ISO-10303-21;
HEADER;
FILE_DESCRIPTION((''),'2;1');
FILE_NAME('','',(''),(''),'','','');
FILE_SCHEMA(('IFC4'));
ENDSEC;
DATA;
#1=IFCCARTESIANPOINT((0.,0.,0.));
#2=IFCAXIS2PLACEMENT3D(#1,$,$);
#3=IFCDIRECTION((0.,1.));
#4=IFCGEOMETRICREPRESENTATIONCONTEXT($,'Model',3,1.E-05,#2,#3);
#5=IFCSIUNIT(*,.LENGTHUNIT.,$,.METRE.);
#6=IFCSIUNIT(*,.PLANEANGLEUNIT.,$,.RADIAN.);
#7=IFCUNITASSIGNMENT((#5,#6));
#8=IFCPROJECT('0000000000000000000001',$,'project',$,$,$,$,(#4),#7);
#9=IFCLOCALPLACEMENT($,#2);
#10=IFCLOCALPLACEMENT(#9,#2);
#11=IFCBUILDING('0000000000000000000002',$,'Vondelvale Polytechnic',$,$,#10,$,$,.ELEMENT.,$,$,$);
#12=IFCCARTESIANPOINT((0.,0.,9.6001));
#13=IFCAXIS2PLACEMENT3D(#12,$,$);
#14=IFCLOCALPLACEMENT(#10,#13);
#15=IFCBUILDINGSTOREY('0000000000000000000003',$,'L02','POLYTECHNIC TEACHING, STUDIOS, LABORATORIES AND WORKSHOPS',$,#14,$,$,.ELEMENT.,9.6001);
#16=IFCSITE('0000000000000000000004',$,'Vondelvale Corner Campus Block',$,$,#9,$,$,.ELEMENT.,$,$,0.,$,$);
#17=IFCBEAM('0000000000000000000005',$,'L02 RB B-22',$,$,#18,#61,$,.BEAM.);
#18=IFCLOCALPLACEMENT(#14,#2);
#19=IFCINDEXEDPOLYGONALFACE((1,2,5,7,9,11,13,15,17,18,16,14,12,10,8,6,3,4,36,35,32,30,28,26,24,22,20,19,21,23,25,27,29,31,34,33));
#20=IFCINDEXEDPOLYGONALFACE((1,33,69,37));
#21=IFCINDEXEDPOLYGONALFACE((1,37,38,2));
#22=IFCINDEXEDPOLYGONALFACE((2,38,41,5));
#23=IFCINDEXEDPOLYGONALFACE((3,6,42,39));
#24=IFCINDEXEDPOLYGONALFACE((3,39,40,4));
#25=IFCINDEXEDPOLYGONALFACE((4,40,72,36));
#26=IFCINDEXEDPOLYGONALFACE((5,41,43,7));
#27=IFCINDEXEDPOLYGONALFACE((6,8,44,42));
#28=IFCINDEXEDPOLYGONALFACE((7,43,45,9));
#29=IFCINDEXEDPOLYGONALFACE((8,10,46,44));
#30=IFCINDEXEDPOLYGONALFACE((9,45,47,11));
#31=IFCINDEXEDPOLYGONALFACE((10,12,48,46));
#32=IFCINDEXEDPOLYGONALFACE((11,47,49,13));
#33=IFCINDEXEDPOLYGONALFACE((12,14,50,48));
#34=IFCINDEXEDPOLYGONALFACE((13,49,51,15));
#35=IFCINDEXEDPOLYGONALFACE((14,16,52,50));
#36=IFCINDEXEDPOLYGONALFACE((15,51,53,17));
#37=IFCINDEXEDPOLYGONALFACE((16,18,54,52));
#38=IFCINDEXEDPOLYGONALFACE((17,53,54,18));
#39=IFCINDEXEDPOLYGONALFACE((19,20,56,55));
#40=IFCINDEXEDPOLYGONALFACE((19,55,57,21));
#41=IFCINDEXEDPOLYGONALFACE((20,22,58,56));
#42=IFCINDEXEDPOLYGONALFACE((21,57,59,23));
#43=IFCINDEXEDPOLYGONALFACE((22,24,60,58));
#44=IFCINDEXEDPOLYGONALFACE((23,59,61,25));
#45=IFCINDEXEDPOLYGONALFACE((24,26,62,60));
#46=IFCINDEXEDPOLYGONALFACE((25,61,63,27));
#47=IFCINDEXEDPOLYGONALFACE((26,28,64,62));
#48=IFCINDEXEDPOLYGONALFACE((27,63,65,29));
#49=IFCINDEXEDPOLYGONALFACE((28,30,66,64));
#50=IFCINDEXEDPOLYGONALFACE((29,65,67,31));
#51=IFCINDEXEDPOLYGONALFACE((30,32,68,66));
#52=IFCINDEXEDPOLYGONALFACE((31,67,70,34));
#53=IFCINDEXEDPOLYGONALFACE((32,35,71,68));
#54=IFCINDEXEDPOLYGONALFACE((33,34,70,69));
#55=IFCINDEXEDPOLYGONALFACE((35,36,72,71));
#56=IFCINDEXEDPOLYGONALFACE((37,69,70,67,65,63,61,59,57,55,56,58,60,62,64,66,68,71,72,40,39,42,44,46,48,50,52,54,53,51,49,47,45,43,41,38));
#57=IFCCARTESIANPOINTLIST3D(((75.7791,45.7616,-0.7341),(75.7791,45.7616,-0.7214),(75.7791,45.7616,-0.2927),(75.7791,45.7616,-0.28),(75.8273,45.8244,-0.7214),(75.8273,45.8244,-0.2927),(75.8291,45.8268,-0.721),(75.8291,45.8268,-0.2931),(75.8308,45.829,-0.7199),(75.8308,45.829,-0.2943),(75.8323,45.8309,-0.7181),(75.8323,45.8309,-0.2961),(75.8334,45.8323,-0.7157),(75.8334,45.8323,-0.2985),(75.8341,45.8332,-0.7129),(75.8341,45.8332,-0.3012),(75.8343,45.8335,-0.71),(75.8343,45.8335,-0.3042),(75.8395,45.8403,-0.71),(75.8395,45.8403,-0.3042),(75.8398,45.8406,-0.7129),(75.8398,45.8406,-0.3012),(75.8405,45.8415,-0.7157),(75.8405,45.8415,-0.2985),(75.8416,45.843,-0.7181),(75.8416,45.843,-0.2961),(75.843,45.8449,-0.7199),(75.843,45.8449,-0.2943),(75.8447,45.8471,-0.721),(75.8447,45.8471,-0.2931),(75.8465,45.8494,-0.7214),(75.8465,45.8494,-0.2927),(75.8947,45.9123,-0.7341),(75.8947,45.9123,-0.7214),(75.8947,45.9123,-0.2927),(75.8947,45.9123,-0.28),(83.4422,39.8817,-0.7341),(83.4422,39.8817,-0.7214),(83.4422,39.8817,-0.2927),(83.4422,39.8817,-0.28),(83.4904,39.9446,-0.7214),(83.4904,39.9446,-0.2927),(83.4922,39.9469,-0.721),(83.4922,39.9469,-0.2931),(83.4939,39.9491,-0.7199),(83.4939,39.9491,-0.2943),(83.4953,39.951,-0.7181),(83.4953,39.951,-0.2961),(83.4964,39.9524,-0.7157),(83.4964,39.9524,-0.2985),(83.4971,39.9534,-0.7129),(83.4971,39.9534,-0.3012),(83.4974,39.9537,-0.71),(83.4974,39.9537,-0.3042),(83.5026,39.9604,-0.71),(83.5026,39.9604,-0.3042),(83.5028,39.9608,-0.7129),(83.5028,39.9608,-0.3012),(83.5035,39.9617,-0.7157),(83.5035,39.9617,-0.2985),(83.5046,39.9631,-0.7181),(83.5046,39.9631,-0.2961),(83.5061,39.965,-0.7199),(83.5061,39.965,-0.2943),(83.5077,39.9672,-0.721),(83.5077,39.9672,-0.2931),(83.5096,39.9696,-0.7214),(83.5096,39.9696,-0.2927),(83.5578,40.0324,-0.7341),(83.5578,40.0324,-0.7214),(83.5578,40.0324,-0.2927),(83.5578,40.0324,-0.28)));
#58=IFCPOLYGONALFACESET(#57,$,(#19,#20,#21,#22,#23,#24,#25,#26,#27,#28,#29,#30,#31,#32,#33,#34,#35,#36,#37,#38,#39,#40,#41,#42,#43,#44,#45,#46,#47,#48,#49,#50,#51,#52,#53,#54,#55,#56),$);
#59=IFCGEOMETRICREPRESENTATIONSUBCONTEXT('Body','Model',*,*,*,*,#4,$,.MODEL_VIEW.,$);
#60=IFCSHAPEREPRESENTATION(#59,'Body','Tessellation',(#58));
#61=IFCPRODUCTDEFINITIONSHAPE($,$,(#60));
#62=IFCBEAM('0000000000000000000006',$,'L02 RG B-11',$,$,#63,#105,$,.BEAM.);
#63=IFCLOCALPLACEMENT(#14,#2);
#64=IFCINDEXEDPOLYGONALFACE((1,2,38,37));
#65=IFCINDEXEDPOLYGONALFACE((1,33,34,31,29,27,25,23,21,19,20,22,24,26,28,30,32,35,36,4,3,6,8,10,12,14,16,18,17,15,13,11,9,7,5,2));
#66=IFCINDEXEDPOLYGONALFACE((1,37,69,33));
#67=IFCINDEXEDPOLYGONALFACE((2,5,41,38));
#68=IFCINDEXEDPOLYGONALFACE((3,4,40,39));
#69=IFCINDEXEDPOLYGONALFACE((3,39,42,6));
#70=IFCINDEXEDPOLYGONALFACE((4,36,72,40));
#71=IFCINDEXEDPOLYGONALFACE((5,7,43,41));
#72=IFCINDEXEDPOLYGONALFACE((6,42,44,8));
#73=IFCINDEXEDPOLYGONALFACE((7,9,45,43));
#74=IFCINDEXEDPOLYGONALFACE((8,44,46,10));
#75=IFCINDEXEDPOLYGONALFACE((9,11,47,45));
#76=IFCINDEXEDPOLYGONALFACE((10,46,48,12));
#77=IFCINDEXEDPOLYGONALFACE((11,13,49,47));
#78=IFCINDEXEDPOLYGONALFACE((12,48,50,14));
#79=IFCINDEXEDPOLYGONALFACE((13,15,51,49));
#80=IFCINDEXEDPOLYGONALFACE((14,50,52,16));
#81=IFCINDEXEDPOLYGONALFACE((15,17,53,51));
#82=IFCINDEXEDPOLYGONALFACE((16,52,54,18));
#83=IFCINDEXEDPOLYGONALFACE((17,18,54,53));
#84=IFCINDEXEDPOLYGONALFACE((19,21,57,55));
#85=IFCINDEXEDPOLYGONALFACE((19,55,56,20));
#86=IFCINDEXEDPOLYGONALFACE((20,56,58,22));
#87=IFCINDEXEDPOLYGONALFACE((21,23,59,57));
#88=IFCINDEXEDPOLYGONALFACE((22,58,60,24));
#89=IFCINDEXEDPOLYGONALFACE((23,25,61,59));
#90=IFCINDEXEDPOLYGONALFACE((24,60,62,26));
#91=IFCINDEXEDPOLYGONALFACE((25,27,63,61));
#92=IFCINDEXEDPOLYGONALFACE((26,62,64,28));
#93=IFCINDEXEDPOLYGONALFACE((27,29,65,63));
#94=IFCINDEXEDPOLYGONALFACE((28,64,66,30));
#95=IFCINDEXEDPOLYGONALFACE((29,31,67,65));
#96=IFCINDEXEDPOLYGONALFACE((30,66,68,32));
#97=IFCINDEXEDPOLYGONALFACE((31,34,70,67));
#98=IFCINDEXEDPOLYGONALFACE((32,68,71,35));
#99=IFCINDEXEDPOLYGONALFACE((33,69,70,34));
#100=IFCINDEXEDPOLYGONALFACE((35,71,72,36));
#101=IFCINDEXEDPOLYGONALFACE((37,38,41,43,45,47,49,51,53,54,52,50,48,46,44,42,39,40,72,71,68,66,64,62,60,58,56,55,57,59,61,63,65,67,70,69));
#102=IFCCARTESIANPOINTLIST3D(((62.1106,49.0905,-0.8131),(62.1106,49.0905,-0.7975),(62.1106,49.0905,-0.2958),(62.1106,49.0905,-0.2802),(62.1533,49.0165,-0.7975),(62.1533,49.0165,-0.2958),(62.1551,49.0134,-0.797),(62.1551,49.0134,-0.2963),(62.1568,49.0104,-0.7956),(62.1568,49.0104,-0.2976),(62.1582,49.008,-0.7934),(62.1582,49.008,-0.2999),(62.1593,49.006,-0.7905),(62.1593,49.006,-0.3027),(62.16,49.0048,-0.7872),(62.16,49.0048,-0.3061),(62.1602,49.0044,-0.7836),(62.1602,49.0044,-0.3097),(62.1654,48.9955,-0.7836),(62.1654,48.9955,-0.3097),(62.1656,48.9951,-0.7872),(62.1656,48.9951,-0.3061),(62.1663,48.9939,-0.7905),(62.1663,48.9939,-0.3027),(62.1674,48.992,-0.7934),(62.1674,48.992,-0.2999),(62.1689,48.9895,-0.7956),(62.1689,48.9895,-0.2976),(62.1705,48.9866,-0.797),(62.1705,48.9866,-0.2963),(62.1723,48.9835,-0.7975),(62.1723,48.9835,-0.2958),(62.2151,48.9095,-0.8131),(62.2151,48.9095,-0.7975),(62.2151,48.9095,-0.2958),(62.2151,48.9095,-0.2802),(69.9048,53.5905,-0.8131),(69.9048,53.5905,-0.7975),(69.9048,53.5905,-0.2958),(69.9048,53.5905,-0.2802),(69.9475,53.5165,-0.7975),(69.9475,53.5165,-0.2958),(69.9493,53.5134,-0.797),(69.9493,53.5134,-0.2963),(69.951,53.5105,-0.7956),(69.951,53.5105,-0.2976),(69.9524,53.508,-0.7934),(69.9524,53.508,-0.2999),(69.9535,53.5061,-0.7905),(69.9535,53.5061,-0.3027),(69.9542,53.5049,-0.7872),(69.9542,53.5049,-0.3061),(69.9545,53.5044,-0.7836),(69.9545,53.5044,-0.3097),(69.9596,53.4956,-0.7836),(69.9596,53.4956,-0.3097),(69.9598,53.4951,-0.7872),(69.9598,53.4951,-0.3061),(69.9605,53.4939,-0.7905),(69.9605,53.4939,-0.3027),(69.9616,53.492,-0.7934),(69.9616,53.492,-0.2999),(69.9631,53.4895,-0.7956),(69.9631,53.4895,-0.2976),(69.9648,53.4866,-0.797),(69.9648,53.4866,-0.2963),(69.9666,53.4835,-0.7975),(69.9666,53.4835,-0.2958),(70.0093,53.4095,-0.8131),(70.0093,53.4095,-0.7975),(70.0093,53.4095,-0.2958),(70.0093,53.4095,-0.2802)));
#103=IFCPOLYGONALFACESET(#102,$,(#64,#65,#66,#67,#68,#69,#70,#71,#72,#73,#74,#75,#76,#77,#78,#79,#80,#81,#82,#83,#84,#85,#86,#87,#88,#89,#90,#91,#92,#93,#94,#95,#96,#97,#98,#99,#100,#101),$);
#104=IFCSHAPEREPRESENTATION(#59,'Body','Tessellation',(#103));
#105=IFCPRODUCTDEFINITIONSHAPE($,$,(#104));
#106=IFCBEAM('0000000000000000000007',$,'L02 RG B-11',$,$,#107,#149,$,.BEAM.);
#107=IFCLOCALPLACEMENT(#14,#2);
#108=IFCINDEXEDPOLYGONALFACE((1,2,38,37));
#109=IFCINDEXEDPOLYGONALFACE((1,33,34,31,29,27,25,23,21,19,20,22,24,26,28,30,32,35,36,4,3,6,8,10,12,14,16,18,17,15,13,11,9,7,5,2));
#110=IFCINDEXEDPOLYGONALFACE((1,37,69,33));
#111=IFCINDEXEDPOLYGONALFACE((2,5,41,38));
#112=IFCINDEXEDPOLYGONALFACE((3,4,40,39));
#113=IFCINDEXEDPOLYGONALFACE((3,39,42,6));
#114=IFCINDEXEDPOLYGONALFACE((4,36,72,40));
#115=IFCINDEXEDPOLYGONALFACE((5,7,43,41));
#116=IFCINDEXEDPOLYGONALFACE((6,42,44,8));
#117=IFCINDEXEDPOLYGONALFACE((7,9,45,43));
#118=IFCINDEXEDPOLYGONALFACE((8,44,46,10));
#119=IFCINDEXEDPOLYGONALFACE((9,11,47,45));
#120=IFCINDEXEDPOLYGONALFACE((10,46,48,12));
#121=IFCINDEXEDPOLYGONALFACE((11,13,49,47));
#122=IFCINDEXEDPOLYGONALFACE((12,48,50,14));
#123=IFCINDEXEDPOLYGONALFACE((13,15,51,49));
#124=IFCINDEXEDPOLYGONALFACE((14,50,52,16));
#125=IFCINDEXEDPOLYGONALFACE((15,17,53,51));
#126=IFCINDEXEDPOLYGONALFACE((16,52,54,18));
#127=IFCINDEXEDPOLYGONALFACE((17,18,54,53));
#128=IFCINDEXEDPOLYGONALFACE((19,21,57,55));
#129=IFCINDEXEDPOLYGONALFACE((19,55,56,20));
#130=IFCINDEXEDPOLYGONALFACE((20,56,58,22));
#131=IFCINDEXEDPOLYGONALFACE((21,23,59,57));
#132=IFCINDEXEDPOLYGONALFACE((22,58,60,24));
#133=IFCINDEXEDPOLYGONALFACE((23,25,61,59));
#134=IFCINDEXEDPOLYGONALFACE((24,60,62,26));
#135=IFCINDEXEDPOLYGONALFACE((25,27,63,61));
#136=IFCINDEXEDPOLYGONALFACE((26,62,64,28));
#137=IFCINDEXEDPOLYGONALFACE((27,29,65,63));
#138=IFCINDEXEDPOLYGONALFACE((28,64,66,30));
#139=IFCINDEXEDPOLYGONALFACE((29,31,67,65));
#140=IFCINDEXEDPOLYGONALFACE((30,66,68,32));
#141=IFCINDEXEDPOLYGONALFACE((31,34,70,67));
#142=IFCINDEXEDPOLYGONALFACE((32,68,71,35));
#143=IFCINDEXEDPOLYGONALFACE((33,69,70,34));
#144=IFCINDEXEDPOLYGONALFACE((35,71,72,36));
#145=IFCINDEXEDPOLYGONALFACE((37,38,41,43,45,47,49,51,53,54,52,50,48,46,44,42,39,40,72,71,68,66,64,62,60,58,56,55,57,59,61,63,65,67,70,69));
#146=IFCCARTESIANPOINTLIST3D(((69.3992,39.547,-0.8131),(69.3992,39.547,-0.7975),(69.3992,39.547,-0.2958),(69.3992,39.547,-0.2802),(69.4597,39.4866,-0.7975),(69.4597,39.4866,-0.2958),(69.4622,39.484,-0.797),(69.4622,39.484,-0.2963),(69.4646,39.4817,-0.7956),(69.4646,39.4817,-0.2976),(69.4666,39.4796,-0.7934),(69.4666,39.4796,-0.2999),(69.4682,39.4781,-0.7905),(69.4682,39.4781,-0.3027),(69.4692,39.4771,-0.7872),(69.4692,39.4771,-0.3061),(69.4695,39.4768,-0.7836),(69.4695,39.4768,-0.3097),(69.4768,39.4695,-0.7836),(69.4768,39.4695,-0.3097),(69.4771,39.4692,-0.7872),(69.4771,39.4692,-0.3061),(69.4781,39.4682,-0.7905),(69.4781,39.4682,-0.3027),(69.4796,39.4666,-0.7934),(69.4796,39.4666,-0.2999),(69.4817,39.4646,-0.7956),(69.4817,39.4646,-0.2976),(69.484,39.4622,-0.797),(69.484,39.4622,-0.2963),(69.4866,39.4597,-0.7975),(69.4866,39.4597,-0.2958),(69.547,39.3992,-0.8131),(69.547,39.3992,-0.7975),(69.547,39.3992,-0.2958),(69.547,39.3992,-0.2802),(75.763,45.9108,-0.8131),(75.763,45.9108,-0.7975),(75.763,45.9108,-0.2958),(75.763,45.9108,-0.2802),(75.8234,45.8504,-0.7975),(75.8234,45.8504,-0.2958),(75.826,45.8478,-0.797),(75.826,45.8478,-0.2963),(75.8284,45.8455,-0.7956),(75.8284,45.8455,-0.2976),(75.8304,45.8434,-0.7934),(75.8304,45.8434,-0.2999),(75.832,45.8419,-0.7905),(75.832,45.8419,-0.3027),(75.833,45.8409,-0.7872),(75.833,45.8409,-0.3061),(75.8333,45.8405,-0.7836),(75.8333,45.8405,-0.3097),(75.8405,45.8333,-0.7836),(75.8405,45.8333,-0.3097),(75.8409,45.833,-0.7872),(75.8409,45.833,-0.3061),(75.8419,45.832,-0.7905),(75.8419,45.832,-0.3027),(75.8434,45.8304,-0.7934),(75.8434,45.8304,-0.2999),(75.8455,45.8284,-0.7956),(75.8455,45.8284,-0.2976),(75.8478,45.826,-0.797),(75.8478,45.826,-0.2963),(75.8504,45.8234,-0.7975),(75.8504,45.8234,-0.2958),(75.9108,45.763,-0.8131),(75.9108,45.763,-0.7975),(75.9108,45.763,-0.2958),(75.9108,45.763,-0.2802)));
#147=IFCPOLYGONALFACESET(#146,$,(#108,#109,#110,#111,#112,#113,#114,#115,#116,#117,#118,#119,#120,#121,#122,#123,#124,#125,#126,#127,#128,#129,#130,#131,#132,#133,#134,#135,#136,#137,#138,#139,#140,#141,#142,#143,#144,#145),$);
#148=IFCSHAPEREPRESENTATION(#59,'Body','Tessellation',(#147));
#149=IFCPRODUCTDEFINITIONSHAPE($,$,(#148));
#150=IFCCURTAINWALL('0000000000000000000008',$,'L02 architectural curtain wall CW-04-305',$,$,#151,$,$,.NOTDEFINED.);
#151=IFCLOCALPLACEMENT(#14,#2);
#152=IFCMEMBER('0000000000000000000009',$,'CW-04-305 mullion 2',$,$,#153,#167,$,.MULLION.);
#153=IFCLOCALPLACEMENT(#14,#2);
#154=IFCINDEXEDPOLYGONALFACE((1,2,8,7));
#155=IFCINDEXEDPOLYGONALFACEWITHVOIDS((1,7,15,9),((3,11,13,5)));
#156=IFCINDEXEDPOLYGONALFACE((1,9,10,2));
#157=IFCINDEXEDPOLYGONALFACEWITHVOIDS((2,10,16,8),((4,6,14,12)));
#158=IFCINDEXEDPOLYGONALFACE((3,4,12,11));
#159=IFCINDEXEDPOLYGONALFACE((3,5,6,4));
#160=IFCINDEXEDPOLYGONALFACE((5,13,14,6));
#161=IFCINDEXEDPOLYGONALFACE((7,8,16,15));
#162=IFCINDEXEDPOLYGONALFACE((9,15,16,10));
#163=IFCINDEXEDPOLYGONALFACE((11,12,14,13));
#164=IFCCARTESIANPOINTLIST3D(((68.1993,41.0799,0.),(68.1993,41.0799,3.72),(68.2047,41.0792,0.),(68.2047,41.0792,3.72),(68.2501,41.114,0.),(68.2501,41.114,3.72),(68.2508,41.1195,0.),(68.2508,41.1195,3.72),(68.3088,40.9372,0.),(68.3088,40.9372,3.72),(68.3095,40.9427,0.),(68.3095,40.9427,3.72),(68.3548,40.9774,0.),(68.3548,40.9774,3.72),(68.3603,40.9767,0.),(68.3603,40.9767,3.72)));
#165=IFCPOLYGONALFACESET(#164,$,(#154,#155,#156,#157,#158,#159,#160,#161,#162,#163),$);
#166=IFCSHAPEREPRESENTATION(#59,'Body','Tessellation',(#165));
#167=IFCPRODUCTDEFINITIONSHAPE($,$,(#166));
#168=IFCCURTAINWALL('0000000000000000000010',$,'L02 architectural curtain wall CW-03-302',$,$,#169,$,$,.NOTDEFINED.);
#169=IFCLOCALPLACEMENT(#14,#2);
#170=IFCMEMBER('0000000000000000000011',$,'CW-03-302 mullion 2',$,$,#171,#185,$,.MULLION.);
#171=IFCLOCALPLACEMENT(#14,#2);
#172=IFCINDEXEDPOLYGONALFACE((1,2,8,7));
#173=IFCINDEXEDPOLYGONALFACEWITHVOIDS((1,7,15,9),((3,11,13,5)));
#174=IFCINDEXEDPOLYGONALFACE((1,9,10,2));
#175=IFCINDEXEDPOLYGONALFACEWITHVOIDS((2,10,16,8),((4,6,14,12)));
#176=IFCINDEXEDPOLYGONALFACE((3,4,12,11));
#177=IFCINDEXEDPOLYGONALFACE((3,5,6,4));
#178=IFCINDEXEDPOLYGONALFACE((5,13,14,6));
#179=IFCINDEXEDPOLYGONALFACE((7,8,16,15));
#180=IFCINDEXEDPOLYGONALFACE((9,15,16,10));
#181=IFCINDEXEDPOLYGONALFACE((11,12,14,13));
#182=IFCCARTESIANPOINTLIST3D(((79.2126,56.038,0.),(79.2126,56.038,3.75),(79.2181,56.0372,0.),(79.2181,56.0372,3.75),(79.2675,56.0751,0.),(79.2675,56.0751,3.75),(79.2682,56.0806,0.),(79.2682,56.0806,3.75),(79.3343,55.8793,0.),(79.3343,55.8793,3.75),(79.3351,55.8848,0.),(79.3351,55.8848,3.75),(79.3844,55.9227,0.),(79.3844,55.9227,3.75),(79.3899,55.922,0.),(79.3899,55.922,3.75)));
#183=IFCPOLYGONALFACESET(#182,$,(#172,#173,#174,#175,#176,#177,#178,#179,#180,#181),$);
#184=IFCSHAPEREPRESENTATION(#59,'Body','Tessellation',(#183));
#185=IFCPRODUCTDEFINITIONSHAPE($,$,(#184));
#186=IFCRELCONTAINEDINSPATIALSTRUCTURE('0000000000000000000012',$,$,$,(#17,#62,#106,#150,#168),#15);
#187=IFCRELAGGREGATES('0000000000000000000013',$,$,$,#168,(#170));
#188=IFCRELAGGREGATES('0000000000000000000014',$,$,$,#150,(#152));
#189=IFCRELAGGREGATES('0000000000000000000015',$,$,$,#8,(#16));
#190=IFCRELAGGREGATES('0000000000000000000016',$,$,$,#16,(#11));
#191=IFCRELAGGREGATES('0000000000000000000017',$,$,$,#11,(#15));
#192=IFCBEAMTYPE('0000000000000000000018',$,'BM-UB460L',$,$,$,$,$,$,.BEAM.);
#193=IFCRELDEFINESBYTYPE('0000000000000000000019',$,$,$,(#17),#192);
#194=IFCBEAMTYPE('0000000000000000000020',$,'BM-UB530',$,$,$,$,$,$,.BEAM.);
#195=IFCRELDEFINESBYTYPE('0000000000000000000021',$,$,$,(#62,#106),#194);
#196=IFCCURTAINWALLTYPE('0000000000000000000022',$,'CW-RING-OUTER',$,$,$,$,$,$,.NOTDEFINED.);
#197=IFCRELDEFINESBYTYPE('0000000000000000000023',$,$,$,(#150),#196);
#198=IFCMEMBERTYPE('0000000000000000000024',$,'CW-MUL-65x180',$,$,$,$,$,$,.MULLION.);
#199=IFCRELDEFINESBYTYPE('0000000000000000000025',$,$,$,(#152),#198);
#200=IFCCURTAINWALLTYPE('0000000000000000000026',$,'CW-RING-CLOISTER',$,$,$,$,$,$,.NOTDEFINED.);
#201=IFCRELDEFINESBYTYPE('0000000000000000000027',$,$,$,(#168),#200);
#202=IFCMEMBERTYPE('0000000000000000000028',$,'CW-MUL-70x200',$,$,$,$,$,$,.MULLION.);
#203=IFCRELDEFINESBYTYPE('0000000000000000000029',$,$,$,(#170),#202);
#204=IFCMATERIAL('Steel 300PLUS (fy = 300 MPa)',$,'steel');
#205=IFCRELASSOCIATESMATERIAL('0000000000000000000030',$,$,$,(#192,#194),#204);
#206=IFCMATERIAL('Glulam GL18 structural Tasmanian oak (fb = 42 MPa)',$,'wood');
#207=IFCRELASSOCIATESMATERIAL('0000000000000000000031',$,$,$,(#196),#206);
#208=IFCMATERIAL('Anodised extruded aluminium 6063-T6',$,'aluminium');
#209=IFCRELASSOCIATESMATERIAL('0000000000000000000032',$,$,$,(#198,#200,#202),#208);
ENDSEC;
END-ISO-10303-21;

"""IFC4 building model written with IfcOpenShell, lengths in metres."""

from ifc_helpers import new_model, si_unit, direction, frame, origin, origin_2d, place, context, subcontext, project, spatial, hollow_rectangle, i_section, extrude, material, material_profile, profile_set, type_object, element, aggregate, save


model = new_model("IFC4")

# Units and contexts
model_context = context("Model", 3, precision=1e-05, world=origin(), true_north=direction((0.0, 1.0)))
body_context = subcontext(model_context, "Body", "Model", "MODEL_VIEW")
ifc_project = project(units=[si_unit("LENGTHUNIT", "METRE"), si_unit("PLANEANGLEUNIT", "RADIAN")], contexts=[model_context])

# Site, building, storey
site_placement = place(None, origin())
site = spatial("IfcSite", under=ifc_project, at=site_placement, Name="Vondelvale Corner Campus Block", CompositionType="ELEMENT", RefElevation=0.0)
building_placement = place(site_placement, origin())
building = spatial("IfcBuilding", under=site, at=building_placement, Name="Vondelvale Polytechnic", CompositionType="ELEMENT")
storey_placement = place(building_placement, frame((0.0, 0.0, 9.6001)))
storey = spatial("IfcBuildingStorey", under=building, at=storey_placement, Name="L02", Description="POLYTECHNIC TEACHING, STUDIOS, LABORATORIES AND WORKSHOPS", CompositionType="ELEMENT", Elevation=9.6001)

# Shared definitions
ifc_material_1 = material(Name="Steel 300PLUS (fy = 300 MPa)", Category="steel")

# Beams
ifc_material_profile_1 = material_profile(ifc_material_1, i_section(OverallWidth=0.1899, OverallDepth=0.4541, WebThickness=0.0085, FlangeThickness=0.0127, FilletRadius=0.0115, at=origin_2d()), Name="460UB67.1")
ifc_profile_set_1 = profile_set([ifc_material_profile_1], Name="Steel 300PLUS (fy = 300 MPa)")
beam_type_1 = type_object("IfcBeamType", Name="BM-UB460L", PredefinedType="BEAM", material=ifc_profile_set_1)
for number, where, z_axis, x_axis, name in (
    (1, (75.8369, 45.8369, -0.5071), (0.793364, -0.608748, 0.0), (0.608748, 0.793364, 0.0), "L02 RB B-22"),
):
    element("IfcBeam", number, at=place(storey_placement, frame(where, z_axis=z_axis, x_axis=x_axis)), inside=storey, type_object=beam_type_1, Name=name, PredefinedType="BEAM", context=body_context, shape_type="SweptSolid", body=[
        extrude(i_section(OverallWidth=0.1899, OverallDepth=0.4541, WebThickness=0.0085, FlangeThickness=0.0127, FilletRadius=0.0115, at=origin_2d()), origin(), (0.0, 0.0, 1.0), 9.6589),
    ])
ifc_material_profile_2 = material_profile(ifc_material_1, i_section(OverallWidth=0.209, OverallDepth=0.533, WebThickness=0.0103, FlangeThickness=0.0156, FilletRadius=0.0139, at=origin_2d()), Name="530UB92.4")
ifc_profile_set_2 = profile_set([ifc_material_profile_2], Name="Steel 300PLUS (fy = 300 MPa)")
beam_type_2 = type_object("IfcBeamType", Name="BM-UB530", PredefinedType="BEAM", material=ifc_profile_set_2)
beam_1_placement = place(storey_placement, frame((69.957, 53.5, -0.5466), z_axis=(-0.866024, -0.500002, 0.0), x_axis=(0.500002, -0.866024, 0.0)))
element("IfcBeam", 2, at=beam_1_placement, inside=storey, type_object=beam_type_2, Name="L02 RG B-11", PredefinedType="BEAM", context=body_context, shape_type="SweptSolid", body=[
    extrude(i_section(OverallWidth=0.209, OverallDepth=0.533, WebThickness=0.0103, FlangeThickness=0.0156, FilletRadius=0.0139, at=origin_2d()), origin(), (0.0, 0.0, 1.0), 9.0),
])
beam_2_placement = place(storey_placement, frame((75.8369, 45.8369, -0.5466), z_axis=(-0.707107, -0.707107, 0.0), x_axis=(0.707107, -0.707107, 0.0)))
element("IfcBeam", 3, at=beam_2_placement, inside=storey, type_object=beam_type_2, Name="L02 RG B-11", PredefinedType="BEAM", context=body_context, shape_type="SweptSolid", body=[
    extrude(i_section(OverallWidth=0.209, OverallDepth=0.533, WebThickness=0.0103, FlangeThickness=0.0156, FilletRadius=0.0139, at=origin_2d()), origin(), (0.0, 0.0, 1.0), 8.9998),
])

# Curtain walls, members
ifc_material_2 = material(Name="Glulam GL18 structural Tasmanian oak (fb = 42 MPa)", Category="wood")
curtain_wall_type_1 = type_object("IfcCurtainWallType", Name="CW-RING-OUTER", PredefinedType="NOTDEFINED", material=ifc_material_2)
curtain_wall_1_placement = place(storey_placement, origin())
curtain_wall_1 = element("IfcCurtainWall", 4, at=curtain_wall_1_placement, inside=storey, type_object=curtain_wall_type_1, Name="L02 architectural curtain wall CW-04-305", PredefinedType="NOTDEFINED")
ifc_material_3 = material(Name="Anodised extruded aluminium 6063-T6", Category="aluminium")
ifc_material_profile_3 = material_profile(ifc_material_3, hollow_rectangle(XDim=0.0649, YDim=0.1799, WallThickness=0.0039, at=origin_2d()), Name="CW-MUL-180x65")
ifc_profile_set_3 = profile_set([ifc_material_profile_3], Name="Anodised extruded aluminium 6063-T6")
member_type_1 = type_object("IfcMemberType", Name="CW-MUL-65x180", PredefinedType="MULLION", material=ifc_profile_set_3)
member_1_placement = place(storey_placement, frame((68.2798, 41.0283, 0.0), z_axis=(0.0, 0.0, 1.0), x_axis=(0.793334, 0.608787, 0.0)))
member_1 = element("IfcMember", 5, at=member_1_placement, type_object=member_type_1, Name="CW-04-305 mullion 2", PredefinedType="MULLION", context=body_context, shape_type="SweptSolid", body=[
    extrude(hollow_rectangle(XDim=0.0649, YDim=0.1799, WallThickness=0.0039, at=origin_2d()), origin(), (0.0, 0.0, 1.0), 3.72),
])
curtain_wall_type_2 = type_object("IfcCurtainWallType", Name="CW-RING-CLOISTER", PredefinedType="NOTDEFINED", material=ifc_material_3)
curtain_wall_2_placement = place(storey_placement, origin())
curtain_wall_2 = element("IfcCurtainWall", 6, at=curtain_wall_2_placement, inside=storey, type_object=curtain_wall_type_2, Name="L02 architectural curtain wall CW-03-302", PredefinedType="NOTDEFINED")
ifc_material_profile_4 = material_profile(ifc_material_3, hollow_rectangle(XDim=0.0701, YDim=0.2, WallThickness=0.0039, at=origin_2d()), Name="CW-MUL-200x70")
ifc_profile_set_4 = profile_set([ifc_material_profile_4], Name="Anodised extruded aluminium 6063-T6")
member_type_2 = type_object("IfcMemberType", Name="CW-MUL-70x200", PredefinedType="MULLION", material=ifc_profile_set_4)
member_2_placement = place(storey_placement, frame((79.3013, 55.98, 0.0), z_axis=(0.0, 0.0, 1.0), x_axis=(0.793364, 0.608748, 0.0)))
member_2 = element("IfcMember", 7, at=member_2_placement, type_object=member_type_2, Name="CW-03-302 mullion 2", PredefinedType="MULLION", context=body_context, shape_type="SweptSolid", body=[
    extrude(hollow_rectangle(XDim=0.0701, YDim=0.2, WallThickness=0.0039, at=origin_2d()), origin(), (0.0, 0.0, 1.0), 3.75),
])

aggregate(curtain_wall_2, [member_2])
aggregate(curtain_wall_1, [member_1])

save(model, "model.ifc")
